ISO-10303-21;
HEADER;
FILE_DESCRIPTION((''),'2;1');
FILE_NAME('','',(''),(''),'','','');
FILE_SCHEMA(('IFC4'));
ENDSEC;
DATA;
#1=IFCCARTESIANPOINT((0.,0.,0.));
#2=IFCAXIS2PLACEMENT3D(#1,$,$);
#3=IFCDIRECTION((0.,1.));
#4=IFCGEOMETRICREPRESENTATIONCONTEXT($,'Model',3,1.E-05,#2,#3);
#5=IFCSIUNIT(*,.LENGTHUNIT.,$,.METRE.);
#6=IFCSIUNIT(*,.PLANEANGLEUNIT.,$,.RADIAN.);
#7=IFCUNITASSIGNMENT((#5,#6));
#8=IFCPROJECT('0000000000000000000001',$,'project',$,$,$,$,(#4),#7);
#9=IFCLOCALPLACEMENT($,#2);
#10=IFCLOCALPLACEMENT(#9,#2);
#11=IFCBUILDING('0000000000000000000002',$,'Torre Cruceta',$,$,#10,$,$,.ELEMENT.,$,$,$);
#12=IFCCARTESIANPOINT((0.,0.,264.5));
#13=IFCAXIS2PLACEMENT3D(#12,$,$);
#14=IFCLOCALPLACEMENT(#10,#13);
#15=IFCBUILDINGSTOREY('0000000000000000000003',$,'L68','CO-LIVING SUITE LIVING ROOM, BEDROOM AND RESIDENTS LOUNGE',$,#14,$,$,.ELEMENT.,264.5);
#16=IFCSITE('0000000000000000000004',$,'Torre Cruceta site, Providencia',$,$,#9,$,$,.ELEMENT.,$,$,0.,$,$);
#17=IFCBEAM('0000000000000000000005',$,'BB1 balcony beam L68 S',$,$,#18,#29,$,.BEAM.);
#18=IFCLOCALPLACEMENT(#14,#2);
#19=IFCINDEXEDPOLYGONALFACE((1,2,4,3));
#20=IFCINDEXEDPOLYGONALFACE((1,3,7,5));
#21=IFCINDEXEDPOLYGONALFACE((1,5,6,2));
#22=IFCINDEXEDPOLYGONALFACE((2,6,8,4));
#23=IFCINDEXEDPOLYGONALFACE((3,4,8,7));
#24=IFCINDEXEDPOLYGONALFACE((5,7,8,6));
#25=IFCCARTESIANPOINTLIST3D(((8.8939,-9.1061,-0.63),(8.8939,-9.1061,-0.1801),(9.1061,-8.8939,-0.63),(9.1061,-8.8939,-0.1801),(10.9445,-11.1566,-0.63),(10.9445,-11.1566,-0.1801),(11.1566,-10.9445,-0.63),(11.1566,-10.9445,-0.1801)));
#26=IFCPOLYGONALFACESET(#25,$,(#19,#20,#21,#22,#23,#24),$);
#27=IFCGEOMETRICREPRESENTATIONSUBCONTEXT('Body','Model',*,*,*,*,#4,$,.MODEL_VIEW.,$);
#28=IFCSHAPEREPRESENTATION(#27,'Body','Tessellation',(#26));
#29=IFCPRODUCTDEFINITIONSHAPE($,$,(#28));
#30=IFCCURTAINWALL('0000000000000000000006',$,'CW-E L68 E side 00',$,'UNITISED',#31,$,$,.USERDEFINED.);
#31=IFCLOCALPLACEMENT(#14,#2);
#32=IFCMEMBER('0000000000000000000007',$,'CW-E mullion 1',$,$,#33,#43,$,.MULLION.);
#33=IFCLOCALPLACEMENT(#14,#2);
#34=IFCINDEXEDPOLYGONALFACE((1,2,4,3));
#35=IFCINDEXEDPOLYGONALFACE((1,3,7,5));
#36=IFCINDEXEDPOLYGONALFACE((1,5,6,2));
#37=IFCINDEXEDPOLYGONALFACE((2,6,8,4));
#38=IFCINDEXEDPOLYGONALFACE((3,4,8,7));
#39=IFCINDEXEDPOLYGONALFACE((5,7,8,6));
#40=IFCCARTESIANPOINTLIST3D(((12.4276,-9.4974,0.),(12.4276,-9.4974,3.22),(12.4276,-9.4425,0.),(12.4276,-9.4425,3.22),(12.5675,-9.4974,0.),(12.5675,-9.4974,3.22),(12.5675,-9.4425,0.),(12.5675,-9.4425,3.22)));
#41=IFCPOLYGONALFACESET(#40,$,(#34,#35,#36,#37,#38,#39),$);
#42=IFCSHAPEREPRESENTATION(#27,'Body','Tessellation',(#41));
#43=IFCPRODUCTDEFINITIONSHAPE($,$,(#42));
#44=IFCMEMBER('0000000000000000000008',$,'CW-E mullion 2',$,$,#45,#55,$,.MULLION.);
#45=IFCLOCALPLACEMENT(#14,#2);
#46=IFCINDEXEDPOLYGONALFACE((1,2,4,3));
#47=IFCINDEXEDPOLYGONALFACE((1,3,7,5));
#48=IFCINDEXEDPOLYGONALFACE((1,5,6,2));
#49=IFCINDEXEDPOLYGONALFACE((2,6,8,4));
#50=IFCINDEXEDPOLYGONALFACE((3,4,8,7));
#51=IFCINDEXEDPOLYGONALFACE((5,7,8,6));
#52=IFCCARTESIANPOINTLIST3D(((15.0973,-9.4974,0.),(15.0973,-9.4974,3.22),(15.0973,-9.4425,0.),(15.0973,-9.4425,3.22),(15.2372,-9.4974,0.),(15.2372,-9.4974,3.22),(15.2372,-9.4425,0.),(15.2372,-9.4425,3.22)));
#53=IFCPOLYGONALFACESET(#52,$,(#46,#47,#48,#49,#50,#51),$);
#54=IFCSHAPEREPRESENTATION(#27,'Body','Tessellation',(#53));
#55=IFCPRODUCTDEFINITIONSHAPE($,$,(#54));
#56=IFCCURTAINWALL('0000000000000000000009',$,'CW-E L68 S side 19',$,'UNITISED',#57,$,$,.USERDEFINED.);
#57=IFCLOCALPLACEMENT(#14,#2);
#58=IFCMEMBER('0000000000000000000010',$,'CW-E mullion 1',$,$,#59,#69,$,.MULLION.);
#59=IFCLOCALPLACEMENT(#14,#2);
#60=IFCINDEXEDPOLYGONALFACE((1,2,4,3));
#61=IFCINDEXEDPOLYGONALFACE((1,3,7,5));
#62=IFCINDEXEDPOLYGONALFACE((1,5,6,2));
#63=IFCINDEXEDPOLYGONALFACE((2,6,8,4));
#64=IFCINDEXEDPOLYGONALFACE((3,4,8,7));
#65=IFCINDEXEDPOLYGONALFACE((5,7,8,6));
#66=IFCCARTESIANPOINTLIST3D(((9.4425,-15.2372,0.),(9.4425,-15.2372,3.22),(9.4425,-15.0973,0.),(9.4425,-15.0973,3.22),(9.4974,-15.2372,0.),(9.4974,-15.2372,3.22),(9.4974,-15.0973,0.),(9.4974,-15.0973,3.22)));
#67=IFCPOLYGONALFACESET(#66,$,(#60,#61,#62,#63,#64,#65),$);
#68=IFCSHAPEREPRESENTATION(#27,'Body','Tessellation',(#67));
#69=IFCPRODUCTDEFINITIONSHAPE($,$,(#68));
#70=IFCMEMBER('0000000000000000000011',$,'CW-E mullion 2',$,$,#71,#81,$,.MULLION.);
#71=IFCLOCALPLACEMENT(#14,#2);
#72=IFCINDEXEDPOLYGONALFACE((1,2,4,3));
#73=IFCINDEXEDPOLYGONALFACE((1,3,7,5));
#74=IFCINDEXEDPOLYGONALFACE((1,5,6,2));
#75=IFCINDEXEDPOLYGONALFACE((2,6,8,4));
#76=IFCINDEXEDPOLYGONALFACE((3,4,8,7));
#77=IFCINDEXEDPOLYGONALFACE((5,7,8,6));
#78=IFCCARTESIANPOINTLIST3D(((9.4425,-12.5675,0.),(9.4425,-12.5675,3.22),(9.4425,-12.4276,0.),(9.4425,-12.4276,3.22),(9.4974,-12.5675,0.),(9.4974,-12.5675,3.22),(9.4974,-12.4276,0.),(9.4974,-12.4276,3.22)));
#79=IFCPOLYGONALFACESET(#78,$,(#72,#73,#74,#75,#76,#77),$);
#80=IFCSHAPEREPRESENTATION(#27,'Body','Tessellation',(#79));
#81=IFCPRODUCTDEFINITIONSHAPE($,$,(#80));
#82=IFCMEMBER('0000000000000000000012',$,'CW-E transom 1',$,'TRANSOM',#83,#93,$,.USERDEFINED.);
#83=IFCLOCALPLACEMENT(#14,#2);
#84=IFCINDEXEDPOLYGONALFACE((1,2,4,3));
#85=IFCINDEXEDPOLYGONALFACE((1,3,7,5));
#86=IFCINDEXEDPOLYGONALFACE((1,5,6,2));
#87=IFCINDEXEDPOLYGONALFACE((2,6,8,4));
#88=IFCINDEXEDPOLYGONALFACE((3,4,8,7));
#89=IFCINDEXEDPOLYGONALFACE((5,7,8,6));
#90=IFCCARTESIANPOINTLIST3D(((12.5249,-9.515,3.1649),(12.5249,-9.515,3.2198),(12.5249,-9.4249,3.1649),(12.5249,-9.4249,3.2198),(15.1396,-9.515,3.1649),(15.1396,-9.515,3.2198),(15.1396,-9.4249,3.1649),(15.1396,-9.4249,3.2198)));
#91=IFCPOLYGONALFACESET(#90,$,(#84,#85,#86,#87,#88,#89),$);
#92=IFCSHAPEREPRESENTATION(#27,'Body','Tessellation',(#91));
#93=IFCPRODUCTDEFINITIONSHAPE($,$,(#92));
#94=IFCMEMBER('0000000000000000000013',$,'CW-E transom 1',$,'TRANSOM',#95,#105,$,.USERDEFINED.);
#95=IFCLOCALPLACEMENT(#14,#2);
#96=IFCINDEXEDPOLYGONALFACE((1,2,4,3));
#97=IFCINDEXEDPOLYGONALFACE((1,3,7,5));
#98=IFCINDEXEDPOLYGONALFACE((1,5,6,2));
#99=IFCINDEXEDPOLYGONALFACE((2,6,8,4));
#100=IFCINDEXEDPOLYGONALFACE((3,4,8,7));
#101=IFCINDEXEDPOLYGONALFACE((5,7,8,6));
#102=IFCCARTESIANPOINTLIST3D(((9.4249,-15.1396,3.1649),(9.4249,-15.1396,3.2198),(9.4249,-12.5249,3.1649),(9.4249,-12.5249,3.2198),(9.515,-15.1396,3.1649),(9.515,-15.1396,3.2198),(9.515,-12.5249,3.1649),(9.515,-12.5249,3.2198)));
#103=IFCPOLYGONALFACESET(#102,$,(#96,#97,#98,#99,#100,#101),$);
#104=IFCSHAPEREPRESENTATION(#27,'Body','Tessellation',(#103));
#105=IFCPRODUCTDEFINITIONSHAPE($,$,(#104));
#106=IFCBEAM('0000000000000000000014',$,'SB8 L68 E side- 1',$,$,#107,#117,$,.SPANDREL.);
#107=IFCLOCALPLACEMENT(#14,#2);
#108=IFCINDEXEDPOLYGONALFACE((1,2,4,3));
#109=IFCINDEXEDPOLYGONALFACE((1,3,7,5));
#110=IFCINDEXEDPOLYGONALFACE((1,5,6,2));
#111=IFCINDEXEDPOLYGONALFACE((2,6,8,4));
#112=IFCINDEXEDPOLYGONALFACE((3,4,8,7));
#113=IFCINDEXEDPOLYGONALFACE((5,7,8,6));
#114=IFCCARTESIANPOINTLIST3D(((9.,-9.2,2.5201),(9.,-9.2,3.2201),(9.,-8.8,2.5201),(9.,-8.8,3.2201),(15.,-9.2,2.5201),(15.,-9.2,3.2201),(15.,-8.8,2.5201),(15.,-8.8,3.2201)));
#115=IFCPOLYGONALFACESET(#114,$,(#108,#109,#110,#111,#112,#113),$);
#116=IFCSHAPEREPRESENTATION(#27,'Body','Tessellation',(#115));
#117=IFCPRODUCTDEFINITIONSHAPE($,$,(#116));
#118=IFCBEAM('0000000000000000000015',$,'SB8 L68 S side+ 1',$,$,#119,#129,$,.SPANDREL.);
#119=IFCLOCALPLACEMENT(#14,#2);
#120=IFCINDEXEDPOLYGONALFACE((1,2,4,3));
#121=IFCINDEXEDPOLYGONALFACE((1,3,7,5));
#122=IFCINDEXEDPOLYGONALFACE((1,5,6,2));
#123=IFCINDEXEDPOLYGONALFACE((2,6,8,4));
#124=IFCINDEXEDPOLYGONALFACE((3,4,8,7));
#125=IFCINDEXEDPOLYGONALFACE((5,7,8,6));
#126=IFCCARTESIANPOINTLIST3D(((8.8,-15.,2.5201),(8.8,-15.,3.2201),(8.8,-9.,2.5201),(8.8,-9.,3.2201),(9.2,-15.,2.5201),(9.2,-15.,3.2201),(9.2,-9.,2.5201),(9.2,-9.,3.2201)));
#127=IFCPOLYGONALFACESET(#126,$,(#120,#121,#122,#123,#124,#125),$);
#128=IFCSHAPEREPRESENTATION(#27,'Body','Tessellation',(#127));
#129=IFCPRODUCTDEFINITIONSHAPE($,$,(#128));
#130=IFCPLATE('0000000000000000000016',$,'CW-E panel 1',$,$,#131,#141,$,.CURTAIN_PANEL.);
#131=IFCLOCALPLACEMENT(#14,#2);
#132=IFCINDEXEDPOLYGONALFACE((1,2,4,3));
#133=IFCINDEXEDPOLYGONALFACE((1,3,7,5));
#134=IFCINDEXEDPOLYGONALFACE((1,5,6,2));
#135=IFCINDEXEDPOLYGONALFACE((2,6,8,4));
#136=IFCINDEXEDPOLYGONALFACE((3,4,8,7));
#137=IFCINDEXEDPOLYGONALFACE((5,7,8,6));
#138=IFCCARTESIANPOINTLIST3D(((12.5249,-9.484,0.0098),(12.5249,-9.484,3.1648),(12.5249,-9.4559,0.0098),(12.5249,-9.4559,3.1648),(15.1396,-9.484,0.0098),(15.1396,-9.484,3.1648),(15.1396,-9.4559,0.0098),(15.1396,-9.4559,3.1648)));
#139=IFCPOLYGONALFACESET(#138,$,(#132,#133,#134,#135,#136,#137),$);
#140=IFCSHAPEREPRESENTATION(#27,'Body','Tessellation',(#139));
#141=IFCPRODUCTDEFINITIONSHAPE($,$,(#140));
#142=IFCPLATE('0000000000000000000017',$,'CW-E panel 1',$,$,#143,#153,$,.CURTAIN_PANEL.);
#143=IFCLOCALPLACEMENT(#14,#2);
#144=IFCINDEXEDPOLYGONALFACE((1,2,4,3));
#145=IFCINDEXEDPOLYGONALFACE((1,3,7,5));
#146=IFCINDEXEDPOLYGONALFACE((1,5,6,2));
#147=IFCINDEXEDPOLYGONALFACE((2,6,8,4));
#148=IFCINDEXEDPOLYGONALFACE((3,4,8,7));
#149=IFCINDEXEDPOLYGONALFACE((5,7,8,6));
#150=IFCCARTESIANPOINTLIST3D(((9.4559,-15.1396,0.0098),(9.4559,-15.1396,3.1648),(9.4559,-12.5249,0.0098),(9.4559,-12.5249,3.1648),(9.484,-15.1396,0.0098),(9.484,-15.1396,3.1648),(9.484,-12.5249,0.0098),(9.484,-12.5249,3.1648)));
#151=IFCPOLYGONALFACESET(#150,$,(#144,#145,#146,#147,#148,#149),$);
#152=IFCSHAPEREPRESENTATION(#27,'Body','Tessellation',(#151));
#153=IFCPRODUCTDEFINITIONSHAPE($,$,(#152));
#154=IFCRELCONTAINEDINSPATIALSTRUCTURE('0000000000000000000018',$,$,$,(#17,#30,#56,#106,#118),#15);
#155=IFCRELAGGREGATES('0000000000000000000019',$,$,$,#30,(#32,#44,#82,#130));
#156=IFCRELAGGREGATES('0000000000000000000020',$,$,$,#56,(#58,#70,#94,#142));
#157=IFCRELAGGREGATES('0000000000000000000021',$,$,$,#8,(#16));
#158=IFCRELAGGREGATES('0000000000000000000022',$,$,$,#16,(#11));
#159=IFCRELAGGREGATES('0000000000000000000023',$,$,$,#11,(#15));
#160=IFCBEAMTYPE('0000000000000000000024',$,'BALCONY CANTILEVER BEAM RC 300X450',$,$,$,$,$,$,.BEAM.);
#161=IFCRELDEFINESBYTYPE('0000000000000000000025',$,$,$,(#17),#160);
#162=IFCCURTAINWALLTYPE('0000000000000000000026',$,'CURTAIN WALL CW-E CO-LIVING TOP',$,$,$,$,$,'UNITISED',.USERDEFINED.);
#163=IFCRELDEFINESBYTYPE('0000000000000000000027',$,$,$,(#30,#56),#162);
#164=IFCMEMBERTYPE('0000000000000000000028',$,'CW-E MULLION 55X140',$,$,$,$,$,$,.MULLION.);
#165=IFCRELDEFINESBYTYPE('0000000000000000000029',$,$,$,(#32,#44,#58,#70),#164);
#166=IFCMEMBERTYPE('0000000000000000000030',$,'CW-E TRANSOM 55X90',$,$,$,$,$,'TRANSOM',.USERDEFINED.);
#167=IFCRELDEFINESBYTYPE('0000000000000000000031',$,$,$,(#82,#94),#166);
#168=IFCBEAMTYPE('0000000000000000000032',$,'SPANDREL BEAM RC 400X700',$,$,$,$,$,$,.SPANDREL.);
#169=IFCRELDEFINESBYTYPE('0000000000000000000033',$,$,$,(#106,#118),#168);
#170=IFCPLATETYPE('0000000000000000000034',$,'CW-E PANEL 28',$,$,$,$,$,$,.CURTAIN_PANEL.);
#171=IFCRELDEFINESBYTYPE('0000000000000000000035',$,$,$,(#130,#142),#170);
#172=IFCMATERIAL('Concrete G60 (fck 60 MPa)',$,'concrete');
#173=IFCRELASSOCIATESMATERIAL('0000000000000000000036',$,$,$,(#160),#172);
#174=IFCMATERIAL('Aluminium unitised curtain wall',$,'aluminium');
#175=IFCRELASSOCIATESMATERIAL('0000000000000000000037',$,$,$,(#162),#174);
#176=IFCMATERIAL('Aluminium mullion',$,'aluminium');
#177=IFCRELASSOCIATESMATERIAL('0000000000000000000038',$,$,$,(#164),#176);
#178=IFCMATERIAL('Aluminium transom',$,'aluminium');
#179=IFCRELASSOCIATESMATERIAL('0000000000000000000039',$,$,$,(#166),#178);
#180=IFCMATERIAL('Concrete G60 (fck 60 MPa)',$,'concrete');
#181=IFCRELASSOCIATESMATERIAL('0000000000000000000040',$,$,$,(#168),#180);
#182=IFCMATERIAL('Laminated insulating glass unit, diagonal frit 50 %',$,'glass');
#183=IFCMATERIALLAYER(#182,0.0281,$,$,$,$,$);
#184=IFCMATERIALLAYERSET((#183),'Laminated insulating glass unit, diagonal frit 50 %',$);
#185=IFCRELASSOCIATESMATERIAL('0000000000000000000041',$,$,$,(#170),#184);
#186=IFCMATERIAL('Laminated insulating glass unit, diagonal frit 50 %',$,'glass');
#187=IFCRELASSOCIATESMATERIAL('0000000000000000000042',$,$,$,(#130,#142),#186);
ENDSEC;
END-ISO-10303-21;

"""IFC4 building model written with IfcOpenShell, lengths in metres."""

from ifc_helpers import new_model, si_unit, direction, frame, origin, origin_2d, place, context, subcontext, project, spatial, rectangle, extrude, material, layer, layer_set, material_profile, profile_set, type_object, element, aggregate, save


model = new_model("IFC4")

# Units and contexts
model_context = context("Model", 3, precision=1e-05, world=origin(), true_north=direction((0.0, 1.0)))
body_context = subcontext(model_context, "Body", "Model", "MODEL_VIEW")
ifc_project = project(units=[si_unit("LENGTHUNIT", "METRE"), si_unit("PLANEANGLEUNIT", "RADIAN")], contexts=[model_context])

# Site, building, storey
site_placement = place(None, origin())
site = spatial("IfcSite", under=ifc_project, at=site_placement, Name="Torre Cruceta site, Providencia", CompositionType="ELEMENT", RefElevation=0.0)
building_placement = place(site_placement, origin())
building = spatial("IfcBuilding", under=site, at=building_placement, Name="Torre Cruceta", CompositionType="ELEMENT")
storey_placement = place(building_placement, frame((0.0, 0.0, 264.5)))
storey = spatial("IfcBuildingStorey", under=building, at=storey_placement, Name="L68", Description="CO-LIVING SUITE LIVING ROOM, BEDROOM AND RESIDENTS LOUNGE", CompositionType="ELEMENT", Elevation=264.5)

# Beam
ifc_material_1 = material(Name="Concrete G60 (fck 60 MPa)", Category="concrete")
ifc_material_profile_1 = material_profile(ifc_material_1, rectangle(XDim=0.3, YDim=0.45, at=origin_2d()), Name="RC 300X450")
ifc_profile_set_1 = profile_set([ifc_material_profile_1], Name="Concrete G60 (fck 60 MPa)")
beam_type_1 = type_object("IfcBeamType", Name="BALCONY CANTILEVER BEAM RC 300X450", PredefinedType="BEAM", material=ifc_profile_set_1)
beam_placement = place(storey_placement, frame((9.0, -9.0, -0.405), z_axis=(0.707107, -0.707107, 0.0), x_axis=(0.707107, 0.707107, 0.0)))
element("IfcBeam", 1, at=beam_placement, inside=storey, type_object=beam_type_1, Name="BB1 balcony beam L68 S", PredefinedType="BEAM", context=body_context, shape_type="SweptSolid", body=[
    extrude(rectangle(XDim=0.3, YDim=0.45, at=origin_2d()), origin(), (0.0, 0.0, 1.0), 2.8999),
])

# Curtain walls, members
ifc_material_2 = material(Name="Aluminium unitised curtain wall", Category="aluminium")
curtain_wall_type = type_object("IfcCurtainWallType", Name="CURTAIN WALL CW-E CO-LIVING TOP", ElementType="UNITISED", PredefinedType="USERDEFINED", material=ifc_material_2)
curtain_wall_1_placement = place(storey_placement, origin())
curtain_wall_1 = element("IfcCurtainWall", 2, at=curtain_wall_1_placement, inside=storey, type_object=curtain_wall_type, Name="CW-E L68 E side 00", ObjectType="UNITISED", PredefinedType="USERDEFINED")
ifc_material_3 = material(Name="Aluminium mullion", Category="aluminium")
ifc_material_profile_2 = material_profile(ifc_material_3, rectangle(XDim=0.0549, YDim=0.1399, at=origin_2d()), Name="AL 55X140")
ifc_profile_set_2 = profile_set([ifc_material_profile_2], Name="Aluminium mullion")
member_type_1 = type_object("IfcMemberType", Name="CW-E MULLION 55X140", PredefinedType="MULLION", material=ifc_profile_set_2)
member_1_placement = place(storey_placement, frame((12.4976, -9.47, 0.0), z_axis=(0.0, 0.0, 1.0), x_axis=(0.0, 1.0, 0.0)))
member_1 = element("IfcMember", 3, at=member_1_placement, type_object=member_type_1, Name="CW-E mullion 1", PredefinedType="MULLION", context=body_context, shape_type="SweptSolid", body=[
    extrude(rectangle(XDim=0.0549, YDim=0.1399, at=origin_2d()), origin(), (0.0, 0.0, 1.0), 3.22),
])
member_2_placement = place(storey_placement, frame((15.1672, -9.47, 0.0), z_axis=(0.0, 0.0, 1.0), x_axis=(0.0, 1.0, 0.0)))
member_2 = element("IfcMember", 4, at=member_2_placement, type_object=member_type_1, Name="CW-E mullion 2", PredefinedType="MULLION", context=body_context, shape_type="SweptSolid", body=[
    extrude(rectangle(XDim=0.0549, YDim=0.1399, at=origin_2d()), origin(), (0.0, 0.0, 1.0), 3.22),
])
curtain_wall_2_placement = place(storey_placement, origin())
curtain_wall_2 = element("IfcCurtainWall", 5, at=curtain_wall_2_placement, inside=storey, type_object=curtain_wall_type, Name="CW-E L68 S side 19", ObjectType="UNITISED", PredefinedType="USERDEFINED")
member_3_placement = place(storey_placement, frame((9.47, -15.1672, 0.0), z_axis=(0.0, 0.0, 1.0), x_axis=(-1.0, 0.0, 0.0)))
member_3 = element("IfcMember", 6, at=member_3_placement, type_object=member_type_1, Name="CW-E mullion 1", PredefinedType="MULLION", context=body_context, shape_type="SweptSolid", body=[
    extrude(rectangle(XDim=0.0549, YDim=0.1399, at=origin_2d()), origin(), (0.0, 0.0, 1.0), 3.22),
])
member_4_placement = place(storey_placement, frame((9.47, -12.4976, 0.0), z_axis=(0.0, 0.0, 1.0), x_axis=(-1.0, 0.0, 0.0)))
member_4 = element("IfcMember", 7, at=member_4_placement, type_object=member_type_1, Name="CW-E mullion 2", PredefinedType="MULLION", context=body_context, shape_type="SweptSolid", body=[
    extrude(rectangle(XDim=0.0549, YDim=0.1399, at=origin_2d()), origin(), (0.0, 0.0, 1.0), 3.22),
])

# Members
ifc_material_4 = material(Name="Aluminium transom", Category="aluminium")
ifc_material_profile_3 = material_profile(ifc_material_4, rectangle(XDim=0.0901, YDim=0.0549, at=origin_2d()), Name="AL 90X55")
ifc_profile_set_3 = profile_set([ifc_material_profile_3], Name="Aluminium transom")
member_type_2 = type_object("IfcMemberType", Name="CW-E TRANSOM 55X90", ElementType="TRANSOM", PredefinedType="USERDEFINED", material=ifc_profile_set_3)
member_5_placement = place(storey_placement, frame((12.5249, -9.47, 3.1924), z_axis=(1.0, 0.0, 0.0), x_axis=(0.0, 1.0, 0.0)))
member_5 = element("IfcMember", 8, at=member_5_placement, type_object=member_type_2, Name="CW-E transom 1", ObjectType="TRANSOM", PredefinedType="USERDEFINED", context=body_context, shape_type="SweptSolid", body=[
    extrude(rectangle(XDim=0.0901, YDim=0.0549, at=origin_2d()), origin(), (0.0, 0.0, 1.0), 2.6147),
])
member_6_placement = place(storey_placement, frame((9.47, -15.1396, 3.1924), z_axis=(0.0, 1.0, 0.0), x_axis=(-1.0, 0.0, 0.0)))
member_6 = element("IfcMember", 9, at=member_6_placement, type_object=member_type_2, Name="CW-E transom 1", ObjectType="TRANSOM", PredefinedType="USERDEFINED", context=body_context, shape_type="SweptSolid", body=[
    extrude(rectangle(XDim=0.0901, YDim=0.0549, at=origin_2d()), origin(), (0.0, 0.0, 1.0), 2.6147),
])

# Beams
ifc_material_5 = material(Name="Concrete G60 (fck 60 MPa)", Category="concrete")
ifc_material_profile_4 = material_profile(ifc_material_5, rectangle(XDim=0.3999, YDim=0.7, at=origin_2d()), Name="RC 400X700")
ifc_profile_set_4 = profile_set([ifc_material_profile_4], Name="Concrete G60 (fck 60 MPa)")
beam_type_2 = type_object("IfcBeamType", Name="SPANDREL BEAM RC 400X700", PredefinedType="SPANDREL", material=ifc_profile_set_4)
for number, where, z_axis, x_axis, name in (
    (10, (9.0, -9.0, 2.8701), (1.0, 0.0, 0.0), (0.0, 1.0, 0.0), "SB8 L68 E side- 1"),
    (11, (9.0, -9.0, 2.8701), (0.0, -1.0, 0.0), (1.0, 0.0, 0.0), "SB8 L68 S side+ 1"),
):
    element("IfcBeam", number, at=place(storey_placement, frame(where, z_axis=z_axis, x_axis=x_axis)), inside=storey, type_object=beam_type_2, Name=name, PredefinedType="SPANDREL", context=body_context, shape_type="SweptSolid", body=[
        extrude(rectangle(XDim=0.3999, YDim=0.7, at=origin_2d()), origin(), (0.0, 0.0, 1.0), 6.0),
    ])

# Plates
ifc_material_6 = material(Name="Laminated insulating glass unit, diagonal frit 50 %", Category="glass")
ifc_material_7 = material(Name="Laminated insulating glass unit, diagonal frit 50 %", Category="glass")
ifc_layer_1 = layer(ifc_material_7, 0.0281)
ifc_layer_set_1 = layer_set([ifc_layer_1], Name="Laminated insulating glass unit, diagonal frit 50 %")
plate_type = type_object("IfcPlateType", Name="CW-E PANEL 28", PredefinedType="CURTAIN_PANEL", material=ifc_layer_set_1)
plate_1_placement = place(storey_placement, frame((13.8323, -9.47, 0.0098), z_axis=(0.0, 0.0, 1.0), x_axis=(1.0, 0.0, 0.0)))
plate_1 = element("IfcPlate", 12, at=plate_1_placement, type_object=plate_type, material=ifc_material_6, Name="CW-E panel 1", PredefinedType="CURTAIN_PANEL", context=body_context, shape_type="SweptSolid", body=[
    extrude(rectangle(XDim=2.6147, YDim=0.0281, at=origin_2d()), origin(), (0.0, 0.0, 1.0), 3.155),
])
aggregate(curtain_wall_1, [member_1, member_2, member_5, plate_1])
plate_2_placement = place(storey_placement, frame((9.47, -13.8323, 0.0098), z_axis=(0.0, 0.0, 1.0), x_axis=(0.0, 1.0, 0.0)))
plate_2 = element("IfcPlate", 13, at=plate_2_placement, type_object=plate_type, material=ifc_material_6, Name="CW-E panel 1", PredefinedType="CURTAIN_PANEL", context=body_context, shape_type="SweptSolid", body=[
    extrude(rectangle(XDim=2.6147, YDim=0.0281, at=origin_2d()), origin(), (0.0, 0.0, 1.0), 3.155),
])
aggregate(curtain_wall_2, [member_3, member_4, member_6, plate_2])

save(model, "model.ifc")
